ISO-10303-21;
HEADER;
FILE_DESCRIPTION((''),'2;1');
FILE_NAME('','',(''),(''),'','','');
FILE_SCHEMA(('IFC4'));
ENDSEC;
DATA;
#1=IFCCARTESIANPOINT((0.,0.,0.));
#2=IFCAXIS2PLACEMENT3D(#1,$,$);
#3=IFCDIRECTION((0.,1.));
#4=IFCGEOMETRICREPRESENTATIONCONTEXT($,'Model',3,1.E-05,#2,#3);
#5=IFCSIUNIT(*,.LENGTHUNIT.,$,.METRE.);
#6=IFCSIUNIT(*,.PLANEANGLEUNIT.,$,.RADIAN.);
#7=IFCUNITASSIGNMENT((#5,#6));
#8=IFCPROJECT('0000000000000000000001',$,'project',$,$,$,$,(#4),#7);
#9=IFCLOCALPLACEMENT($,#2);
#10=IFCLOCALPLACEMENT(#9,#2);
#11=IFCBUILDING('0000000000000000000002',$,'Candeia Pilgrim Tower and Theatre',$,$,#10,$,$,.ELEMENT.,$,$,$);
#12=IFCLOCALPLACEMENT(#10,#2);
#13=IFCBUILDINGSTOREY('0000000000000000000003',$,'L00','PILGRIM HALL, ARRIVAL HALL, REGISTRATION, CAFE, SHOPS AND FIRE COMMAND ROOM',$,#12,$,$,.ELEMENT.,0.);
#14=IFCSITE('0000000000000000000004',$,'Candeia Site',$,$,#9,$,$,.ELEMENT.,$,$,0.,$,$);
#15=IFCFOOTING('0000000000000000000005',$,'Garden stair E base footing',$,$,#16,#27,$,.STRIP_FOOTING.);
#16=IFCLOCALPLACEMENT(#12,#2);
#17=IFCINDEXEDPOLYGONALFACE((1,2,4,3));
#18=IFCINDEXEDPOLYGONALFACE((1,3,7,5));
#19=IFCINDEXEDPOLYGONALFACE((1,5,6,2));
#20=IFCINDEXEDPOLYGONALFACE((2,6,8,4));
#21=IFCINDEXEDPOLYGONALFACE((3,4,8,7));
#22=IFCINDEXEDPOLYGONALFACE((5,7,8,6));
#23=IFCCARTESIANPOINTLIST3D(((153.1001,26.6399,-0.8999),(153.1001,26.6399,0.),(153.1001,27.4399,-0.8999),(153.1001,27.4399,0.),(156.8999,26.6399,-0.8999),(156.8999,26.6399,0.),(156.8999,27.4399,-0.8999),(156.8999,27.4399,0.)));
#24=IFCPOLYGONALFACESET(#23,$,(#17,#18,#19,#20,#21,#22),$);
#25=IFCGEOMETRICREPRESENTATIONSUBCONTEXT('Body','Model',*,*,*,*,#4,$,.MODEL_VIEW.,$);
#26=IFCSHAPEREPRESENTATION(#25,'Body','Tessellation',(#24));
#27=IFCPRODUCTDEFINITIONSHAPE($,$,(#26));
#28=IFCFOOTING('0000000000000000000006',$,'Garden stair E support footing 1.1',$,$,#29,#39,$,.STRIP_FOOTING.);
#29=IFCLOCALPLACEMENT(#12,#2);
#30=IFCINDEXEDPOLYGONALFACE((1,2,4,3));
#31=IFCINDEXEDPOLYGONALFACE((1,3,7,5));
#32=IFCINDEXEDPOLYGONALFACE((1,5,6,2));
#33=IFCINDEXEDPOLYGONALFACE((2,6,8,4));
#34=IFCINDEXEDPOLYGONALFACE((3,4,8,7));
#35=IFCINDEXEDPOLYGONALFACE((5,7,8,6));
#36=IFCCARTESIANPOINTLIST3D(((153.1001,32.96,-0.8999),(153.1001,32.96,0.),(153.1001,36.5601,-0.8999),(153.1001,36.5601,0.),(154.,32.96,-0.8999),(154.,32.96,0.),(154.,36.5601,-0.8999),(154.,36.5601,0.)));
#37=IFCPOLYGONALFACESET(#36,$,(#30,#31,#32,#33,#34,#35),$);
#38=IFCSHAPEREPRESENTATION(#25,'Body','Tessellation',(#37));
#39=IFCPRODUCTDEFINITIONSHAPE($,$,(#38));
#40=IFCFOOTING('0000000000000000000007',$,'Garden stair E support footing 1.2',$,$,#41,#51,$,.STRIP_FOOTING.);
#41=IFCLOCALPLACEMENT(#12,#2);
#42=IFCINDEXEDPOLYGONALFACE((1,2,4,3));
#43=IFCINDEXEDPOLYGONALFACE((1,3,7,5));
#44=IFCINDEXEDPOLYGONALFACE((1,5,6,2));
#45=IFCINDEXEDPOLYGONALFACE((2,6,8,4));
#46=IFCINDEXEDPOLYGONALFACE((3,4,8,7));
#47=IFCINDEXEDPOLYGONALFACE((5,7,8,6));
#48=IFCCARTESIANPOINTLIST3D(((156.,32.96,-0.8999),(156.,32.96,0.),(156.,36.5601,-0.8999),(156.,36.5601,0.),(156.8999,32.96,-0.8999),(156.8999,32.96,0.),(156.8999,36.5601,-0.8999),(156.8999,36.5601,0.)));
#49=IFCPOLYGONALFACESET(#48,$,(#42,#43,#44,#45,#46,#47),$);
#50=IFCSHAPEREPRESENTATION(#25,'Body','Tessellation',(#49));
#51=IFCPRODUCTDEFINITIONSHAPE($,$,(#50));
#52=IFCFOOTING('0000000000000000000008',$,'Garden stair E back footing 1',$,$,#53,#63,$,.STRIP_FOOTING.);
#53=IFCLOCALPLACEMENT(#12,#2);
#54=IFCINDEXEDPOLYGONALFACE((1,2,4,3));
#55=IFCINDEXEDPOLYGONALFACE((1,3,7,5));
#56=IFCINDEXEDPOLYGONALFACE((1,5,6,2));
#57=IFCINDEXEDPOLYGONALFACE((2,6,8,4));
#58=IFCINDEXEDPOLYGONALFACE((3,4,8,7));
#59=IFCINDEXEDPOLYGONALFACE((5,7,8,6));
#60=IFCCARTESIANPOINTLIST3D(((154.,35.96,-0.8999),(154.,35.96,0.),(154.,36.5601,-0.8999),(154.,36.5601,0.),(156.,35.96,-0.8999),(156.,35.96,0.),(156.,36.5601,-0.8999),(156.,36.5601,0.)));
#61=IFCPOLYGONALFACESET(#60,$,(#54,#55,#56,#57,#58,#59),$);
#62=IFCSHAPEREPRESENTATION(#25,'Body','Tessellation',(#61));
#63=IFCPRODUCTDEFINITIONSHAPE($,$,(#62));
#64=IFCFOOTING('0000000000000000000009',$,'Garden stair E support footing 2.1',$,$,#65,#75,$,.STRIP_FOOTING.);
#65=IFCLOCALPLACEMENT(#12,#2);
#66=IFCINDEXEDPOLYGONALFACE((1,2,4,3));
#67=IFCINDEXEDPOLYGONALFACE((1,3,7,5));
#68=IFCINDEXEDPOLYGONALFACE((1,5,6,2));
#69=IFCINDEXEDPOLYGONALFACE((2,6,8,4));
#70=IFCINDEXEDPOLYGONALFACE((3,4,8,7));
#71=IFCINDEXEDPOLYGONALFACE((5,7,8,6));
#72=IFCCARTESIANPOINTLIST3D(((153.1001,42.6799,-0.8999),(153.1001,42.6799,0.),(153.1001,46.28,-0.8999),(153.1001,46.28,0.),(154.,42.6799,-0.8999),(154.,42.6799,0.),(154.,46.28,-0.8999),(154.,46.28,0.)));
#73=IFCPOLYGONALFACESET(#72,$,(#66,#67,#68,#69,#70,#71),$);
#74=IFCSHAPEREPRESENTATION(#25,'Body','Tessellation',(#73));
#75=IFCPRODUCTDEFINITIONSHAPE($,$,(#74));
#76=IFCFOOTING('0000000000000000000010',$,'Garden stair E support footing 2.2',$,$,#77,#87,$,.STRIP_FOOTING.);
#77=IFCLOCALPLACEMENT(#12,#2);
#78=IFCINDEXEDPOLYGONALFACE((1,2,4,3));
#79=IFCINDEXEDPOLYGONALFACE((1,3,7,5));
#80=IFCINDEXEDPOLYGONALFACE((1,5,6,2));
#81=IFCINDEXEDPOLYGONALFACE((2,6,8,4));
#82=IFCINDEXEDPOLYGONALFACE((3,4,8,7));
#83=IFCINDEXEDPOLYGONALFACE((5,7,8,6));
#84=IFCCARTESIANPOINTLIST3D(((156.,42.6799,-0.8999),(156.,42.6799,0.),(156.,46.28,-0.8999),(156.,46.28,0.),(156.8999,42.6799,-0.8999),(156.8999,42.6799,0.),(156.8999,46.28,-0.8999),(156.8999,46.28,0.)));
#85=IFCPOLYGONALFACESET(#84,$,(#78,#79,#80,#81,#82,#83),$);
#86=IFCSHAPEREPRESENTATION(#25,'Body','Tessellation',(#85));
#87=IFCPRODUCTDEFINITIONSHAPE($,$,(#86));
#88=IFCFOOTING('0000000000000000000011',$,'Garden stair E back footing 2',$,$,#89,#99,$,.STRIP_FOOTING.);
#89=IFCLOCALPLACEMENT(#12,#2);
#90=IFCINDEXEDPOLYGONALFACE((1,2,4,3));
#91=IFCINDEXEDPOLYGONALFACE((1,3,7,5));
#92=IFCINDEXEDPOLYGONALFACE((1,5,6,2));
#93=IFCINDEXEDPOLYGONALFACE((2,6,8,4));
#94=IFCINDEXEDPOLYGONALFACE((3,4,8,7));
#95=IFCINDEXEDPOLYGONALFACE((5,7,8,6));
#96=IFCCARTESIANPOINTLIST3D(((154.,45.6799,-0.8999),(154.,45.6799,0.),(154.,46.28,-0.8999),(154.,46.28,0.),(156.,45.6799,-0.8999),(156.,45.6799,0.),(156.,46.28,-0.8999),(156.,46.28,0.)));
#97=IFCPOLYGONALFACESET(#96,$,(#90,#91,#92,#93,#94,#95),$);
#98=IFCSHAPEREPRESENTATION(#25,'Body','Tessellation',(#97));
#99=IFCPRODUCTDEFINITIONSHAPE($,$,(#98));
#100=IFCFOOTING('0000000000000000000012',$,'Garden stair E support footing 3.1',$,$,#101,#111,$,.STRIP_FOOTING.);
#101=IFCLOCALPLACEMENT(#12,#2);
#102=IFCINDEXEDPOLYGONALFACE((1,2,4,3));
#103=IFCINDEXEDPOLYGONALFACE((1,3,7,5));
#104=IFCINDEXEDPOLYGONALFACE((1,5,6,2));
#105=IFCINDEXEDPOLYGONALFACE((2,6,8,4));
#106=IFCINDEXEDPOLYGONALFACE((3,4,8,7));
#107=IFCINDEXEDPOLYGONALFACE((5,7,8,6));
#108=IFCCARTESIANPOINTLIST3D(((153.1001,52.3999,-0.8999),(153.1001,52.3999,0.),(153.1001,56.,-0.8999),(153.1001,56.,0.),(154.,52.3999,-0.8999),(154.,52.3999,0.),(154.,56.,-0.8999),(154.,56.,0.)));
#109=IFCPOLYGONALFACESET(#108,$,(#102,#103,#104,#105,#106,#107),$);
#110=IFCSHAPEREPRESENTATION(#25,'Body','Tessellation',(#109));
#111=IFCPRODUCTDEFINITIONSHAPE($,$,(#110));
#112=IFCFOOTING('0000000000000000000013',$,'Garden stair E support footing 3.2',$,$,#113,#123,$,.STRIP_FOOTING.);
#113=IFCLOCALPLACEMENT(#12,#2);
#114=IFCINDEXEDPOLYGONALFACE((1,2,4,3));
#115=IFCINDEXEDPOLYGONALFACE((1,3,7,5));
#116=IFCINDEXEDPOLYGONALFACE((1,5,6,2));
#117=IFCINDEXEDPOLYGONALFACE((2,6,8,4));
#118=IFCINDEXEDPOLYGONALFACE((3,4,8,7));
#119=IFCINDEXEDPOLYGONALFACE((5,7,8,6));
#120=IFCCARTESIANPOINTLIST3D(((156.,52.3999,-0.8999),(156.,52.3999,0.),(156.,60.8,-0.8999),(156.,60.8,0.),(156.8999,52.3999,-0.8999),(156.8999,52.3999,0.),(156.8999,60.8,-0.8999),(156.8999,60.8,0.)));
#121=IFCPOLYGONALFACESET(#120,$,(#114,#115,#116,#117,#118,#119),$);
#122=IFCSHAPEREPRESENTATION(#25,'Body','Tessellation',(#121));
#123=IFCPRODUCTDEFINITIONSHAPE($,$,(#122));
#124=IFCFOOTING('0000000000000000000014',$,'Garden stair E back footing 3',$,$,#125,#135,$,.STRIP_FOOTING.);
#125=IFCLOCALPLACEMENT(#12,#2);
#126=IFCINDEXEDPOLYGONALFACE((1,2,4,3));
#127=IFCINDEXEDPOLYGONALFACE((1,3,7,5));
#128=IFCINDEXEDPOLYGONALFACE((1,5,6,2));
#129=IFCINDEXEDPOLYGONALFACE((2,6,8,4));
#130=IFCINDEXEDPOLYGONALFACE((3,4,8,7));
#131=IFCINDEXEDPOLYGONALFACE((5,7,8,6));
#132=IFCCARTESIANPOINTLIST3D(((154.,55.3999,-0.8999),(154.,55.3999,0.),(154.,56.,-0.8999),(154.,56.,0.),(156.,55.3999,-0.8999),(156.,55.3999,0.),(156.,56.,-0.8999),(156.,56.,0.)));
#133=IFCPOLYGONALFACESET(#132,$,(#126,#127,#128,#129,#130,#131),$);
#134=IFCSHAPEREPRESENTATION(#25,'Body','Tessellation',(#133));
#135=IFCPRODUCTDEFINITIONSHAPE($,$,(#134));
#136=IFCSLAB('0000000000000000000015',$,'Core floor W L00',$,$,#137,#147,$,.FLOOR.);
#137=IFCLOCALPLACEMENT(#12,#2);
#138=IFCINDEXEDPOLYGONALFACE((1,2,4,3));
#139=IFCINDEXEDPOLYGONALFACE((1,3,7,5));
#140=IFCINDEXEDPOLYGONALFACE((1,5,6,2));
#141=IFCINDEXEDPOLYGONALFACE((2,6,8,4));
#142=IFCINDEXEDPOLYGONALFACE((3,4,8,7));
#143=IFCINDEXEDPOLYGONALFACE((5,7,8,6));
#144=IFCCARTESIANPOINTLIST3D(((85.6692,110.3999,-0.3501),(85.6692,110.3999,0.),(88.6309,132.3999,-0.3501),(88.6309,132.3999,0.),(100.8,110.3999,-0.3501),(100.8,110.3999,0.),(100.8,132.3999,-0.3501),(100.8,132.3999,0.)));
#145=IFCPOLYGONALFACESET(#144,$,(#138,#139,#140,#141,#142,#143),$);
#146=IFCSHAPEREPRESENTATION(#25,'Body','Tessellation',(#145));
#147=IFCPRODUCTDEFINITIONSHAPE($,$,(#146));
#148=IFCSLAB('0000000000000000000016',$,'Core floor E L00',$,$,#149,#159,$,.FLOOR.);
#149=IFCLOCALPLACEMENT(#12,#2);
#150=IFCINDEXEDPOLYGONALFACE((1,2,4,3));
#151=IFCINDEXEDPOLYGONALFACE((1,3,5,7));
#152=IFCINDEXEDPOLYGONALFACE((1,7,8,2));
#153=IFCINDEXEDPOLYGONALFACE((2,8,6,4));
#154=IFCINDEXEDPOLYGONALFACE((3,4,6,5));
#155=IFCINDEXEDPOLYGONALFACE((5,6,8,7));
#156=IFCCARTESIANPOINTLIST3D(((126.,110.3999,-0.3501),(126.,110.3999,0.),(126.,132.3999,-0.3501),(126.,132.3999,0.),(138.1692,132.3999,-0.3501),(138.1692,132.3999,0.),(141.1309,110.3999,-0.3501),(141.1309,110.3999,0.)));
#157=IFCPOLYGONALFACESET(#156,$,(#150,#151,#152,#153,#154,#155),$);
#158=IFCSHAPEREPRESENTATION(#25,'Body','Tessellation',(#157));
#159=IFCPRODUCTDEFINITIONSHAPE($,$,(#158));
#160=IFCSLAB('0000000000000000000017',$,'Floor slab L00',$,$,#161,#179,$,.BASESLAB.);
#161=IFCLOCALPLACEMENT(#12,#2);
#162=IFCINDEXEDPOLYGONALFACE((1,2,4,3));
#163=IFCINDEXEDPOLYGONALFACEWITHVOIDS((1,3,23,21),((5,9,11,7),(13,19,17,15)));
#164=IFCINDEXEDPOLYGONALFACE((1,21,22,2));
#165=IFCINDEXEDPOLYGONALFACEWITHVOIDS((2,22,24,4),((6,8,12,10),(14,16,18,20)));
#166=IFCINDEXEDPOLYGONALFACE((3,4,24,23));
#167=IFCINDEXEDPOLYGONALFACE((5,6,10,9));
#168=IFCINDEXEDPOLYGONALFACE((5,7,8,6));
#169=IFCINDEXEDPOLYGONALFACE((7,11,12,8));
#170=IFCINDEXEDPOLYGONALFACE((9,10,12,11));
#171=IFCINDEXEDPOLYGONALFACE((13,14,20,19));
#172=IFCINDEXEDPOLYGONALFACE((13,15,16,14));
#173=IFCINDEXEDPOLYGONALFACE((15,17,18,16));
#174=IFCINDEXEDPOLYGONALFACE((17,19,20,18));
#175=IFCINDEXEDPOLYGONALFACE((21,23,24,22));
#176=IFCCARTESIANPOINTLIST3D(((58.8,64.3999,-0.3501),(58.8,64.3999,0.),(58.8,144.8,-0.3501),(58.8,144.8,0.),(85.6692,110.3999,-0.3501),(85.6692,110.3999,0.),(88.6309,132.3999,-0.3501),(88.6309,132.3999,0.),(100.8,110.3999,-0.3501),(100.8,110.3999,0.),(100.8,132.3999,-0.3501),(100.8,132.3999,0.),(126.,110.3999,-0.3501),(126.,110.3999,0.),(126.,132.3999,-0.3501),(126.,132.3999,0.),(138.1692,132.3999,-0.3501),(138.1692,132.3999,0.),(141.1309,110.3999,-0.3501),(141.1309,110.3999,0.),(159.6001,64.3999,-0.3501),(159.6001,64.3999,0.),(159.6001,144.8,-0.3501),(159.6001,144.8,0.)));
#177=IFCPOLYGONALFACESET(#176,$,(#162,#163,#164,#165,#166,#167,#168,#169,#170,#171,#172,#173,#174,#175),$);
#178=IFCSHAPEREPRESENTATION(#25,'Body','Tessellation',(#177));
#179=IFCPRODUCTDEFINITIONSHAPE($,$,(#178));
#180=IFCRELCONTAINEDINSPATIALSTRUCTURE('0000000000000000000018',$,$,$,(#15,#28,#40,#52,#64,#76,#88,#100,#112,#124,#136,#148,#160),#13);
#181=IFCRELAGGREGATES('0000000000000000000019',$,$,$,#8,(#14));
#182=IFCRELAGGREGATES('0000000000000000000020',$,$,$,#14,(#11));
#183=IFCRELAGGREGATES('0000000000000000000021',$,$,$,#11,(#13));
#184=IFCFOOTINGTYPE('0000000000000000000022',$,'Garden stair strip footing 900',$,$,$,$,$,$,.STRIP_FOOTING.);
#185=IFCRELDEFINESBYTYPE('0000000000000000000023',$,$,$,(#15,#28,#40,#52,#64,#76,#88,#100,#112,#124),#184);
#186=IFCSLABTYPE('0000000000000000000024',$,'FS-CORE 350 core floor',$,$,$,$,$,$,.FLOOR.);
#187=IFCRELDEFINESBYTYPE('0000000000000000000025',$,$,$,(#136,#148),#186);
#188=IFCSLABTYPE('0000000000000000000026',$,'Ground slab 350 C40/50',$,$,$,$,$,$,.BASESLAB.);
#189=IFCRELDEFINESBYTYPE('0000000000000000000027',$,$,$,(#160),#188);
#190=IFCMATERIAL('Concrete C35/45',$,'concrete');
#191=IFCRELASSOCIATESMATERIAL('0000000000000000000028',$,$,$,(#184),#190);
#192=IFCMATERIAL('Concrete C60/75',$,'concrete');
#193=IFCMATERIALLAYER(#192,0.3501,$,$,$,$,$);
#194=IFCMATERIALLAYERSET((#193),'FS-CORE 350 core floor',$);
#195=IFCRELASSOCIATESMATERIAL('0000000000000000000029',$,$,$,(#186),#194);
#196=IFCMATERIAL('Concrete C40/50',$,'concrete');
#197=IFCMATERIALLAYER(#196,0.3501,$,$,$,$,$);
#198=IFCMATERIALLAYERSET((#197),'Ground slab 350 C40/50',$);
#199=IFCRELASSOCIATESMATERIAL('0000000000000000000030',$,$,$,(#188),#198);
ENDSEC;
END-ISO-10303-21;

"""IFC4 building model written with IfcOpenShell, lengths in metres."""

from ifc_helpers import new_model, si_unit, direction, frame, origin, place, context, subcontext, project, spatial, polyline, outline, extrude, material, layer, layer_set, type_object, element, save


model = new_model("IFC4")

# Units and contexts
model_context = context("Model", 3, precision=1e-05, world=origin(), true_north=direction((0.0, 1.0)))
body_context = subcontext(model_context, "Body", "Model", "MODEL_VIEW")
ifc_project = project(units=[si_unit("LENGTHUNIT", "METRE"), si_unit("PLANEANGLEUNIT", "RADIAN")], contexts=[model_context])

# Site, building, storey
site_placement = place(None, origin())
site = spatial("IfcSite", under=ifc_project, at=site_placement, Name="Candeia Site", CompositionType="ELEMENT", RefElevation=0.0)
building_placement = place(site_placement, origin())
building = spatial("IfcBuilding", under=site, at=building_placement, Name="Candeia Pilgrim Tower and Theatre", CompositionType="ELEMENT")
storey_placement = place(building_placement, origin())
storey = spatial("IfcBuildingStorey", under=building, at=storey_placement, Name="L00", Description="PILGRIM HALL, ARRIVAL HALL, REGISTRATION, CAFE, SHOPS AND FIRE COMMAND ROOM", CompositionType="ELEMENT", Elevation=0.0)

# Footings
ifc_material_1 = material(Name="Concrete C35/45", Category="concrete")
footing_type_1 = type_object("IfcFootingType", Name="Garden stair strip footing 900", PredefinedType="STRIP_FOOTING", material=ifc_material_1)
footing_1_placement = place(storey_placement, frame((0.0, 0.0, -0.8999)))
element("IfcFooting", 1, at=footing_1_placement, inside=storey, type_object=footing_type_1, Name="Garden stair E base footing", PredefinedType="STRIP_FOOTING", context=body_context, shape_type="SweptSolid", body=[
    extrude(outline(polyline([(153.1001, 26.6399), (156.8999, 26.6399), (156.8999, 27.4399), (153.1001, 27.4399), (153.1001, 26.6399)])), origin(), (0.0, 0.0, 1.0), 0.8999),
])
footing_2_placement = place(storey_placement, frame((0.0, 0.0, -0.8999)))
element("IfcFooting", 2, at=footing_2_placement, inside=storey, type_object=footing_type_1, Name="Garden stair E support footing 1.1", PredefinedType="STRIP_FOOTING", context=body_context, shape_type="SweptSolid", body=[
    extrude(outline(polyline([(153.1001, 32.96), (154.0, 32.96), (154.0, 36.5601), (153.1001, 36.5601), (153.1001, 32.96)])), origin(), (0.0, 0.0, 1.0), 0.8999),
])
footing_3_placement = place(storey_placement, frame((0.0, 0.0, -0.8999)))
element("IfcFooting", 3, at=footing_3_placement, inside=storey, type_object=footing_type_1, Name="Garden stair E support footing 1.2", PredefinedType="STRIP_FOOTING", context=body_context, shape_type="SweptSolid", body=[
    extrude(outline(polyline([(156.0, 32.96), (156.8999, 32.96), (156.8999, 36.5601), (156.0, 36.5601), (156.0, 32.96)])), origin(), (0.0, 0.0, 1.0), 0.8999),
])
footing_4_placement = place(storey_placement, frame((0.0, 0.0, -0.8999)))
element("IfcFooting", 4, at=footing_4_placement, inside=storey, type_object=footing_type_1, Name="Garden stair E back footing 1", PredefinedType="STRIP_FOOTING", context=body_context, shape_type="SweptSolid", body=[
    extrude(outline(polyline([(154.0, 35.96), (156.0, 35.96), (156.0, 36.5601), (154.0, 36.5601), (154.0, 35.96)])), origin(), (0.0, 0.0, 1.0), 0.8999),
])
footing_5_placement = place(storey_placement, frame((0.0, 0.0, -0.8999)))
element("IfcFooting", 5, at=footing_5_placement, inside=storey, type_object=footing_type_1, Name="Garden stair E support footing 2.1", PredefinedType="STRIP_FOOTING", context=body_context, shape_type="SweptSolid", body=[
    extrude(outline(polyline([(153.1001, 42.6799), (154.0, 42.6799), (154.0, 46.28), (153.1001, 46.28), (153.1001, 42.6799)])), origin(), (0.0, 0.0, 1.0), 0.8999),
])
footing_6_placement = place(storey_placement, frame((0.0, 0.0, -0.8999)))
element("IfcFooting", 6, at=footing_6_placement, inside=storey, type_object=footing_type_1, Name="Garden stair E support footing 2.2", PredefinedType="STRIP_FOOTING", context=body_context, shape_type="SweptSolid", body=[
    extrude(outline(polyline([(156.0, 42.6799), (156.8999, 42.6799), (156.8999, 46.28), (156.0, 46.28), (156.0, 42.6799)])), origin(), (0.0, 0.0, 1.0), 0.8999),
])
footing_7_placement = place(storey_placement, frame((0.0, 0.0, -0.8999)))
element("IfcFooting", 7, at=footing_7_placement, inside=storey, type_object=footing_type_1, Name="Garden stair E back footing 2", PredefinedType="STRIP_FOOTING", context=body_context, shape_type="SweptSolid", body=[
    extrude(outline(polyline([(154.0, 45.6799), (156.0, 45.6799), (156.0, 46.28), (154.0, 46.28), (154.0, 45.6799)])), origin(), (0.0, 0.0, 1.0), 0.8999),
])
footing_8_placement = place(storey_placement, frame((0.0, 0.0, -0.8999)))
element("IfcFooting", 8, at=footing_8_placement, inside=storey, type_object=footing_type_1, Name="Garden stair E support footing 3.1", PredefinedType="STRIP_FOOTING", context=body_context, shape_type="SweptSolid", body=[
    extrude(outline(polyline([(153.1001, 52.3999), (154.0, 52.3999), (154.0, 56.0), (153.1001, 56.0), (153.1001, 52.3999)])), origin(), (0.0, 0.0, 1.0), 0.8999),
])
footing_9_placement = place(storey_placement, frame((0.0, 0.0, -0.8999)))
element("IfcFooting", 9, at=footing_9_placement, inside=storey, type_object=footing_type_1, Name="Garden stair E support footing 3.2", PredefinedType="STRIP_FOOTING", context=body_context, shape_type="SweptSolid", body=[
    extrude(outline(polyline([(156.0, 52.3999), (156.8999, 52.3999), (156.8999, 60.8), (156.0, 60.8), (156.0, 52.3999)])), origin(), (0.0, 0.0, 1.0), 0.8999),
])
footing_10_placement = place(storey_placement, frame((0.0, 0.0, -0.8999)))
element("IfcFooting", 10, at=footing_10_placement, inside=storey, type_object=footing_type_1, Name="Garden stair E back footing 3", PredefinedType="STRIP_FOOTING", context=body_context, shape_type="SweptSolid", body=[
    extrude(outline(polyline([(154.0, 55.3999), (156.0, 55.3999), (156.0, 56.0), (154.0, 56.0), (154.0, 55.3999)])), origin(), (0.0, 0.0, 1.0), 0.8999),
])

# Slabs
ifc_material_2 = material(Name="Concrete C60/75", Category="concrete")
ifc_layer_1 = layer(ifc_material_2, 0.3501)
ifc_layer_set_1 = layer_set([ifc_layer_1], Name="FS-CORE 350 core floor")
slab_type_1 = type_object("IfcSlabType", Name="FS-CORE 350 core floor", PredefinedType="FLOOR", material=ifc_layer_set_1)
slab_1_placement = place(storey_placement, frame((0.0, 0.0, -0.3501)))
element("IfcSlab", 11, at=slab_1_placement, inside=storey, type_object=slab_type_1, Name="Core floor W L00", PredefinedType="FLOOR", context=body_context, shape_type="SweptSolid", body=[
    extrude(outline(polyline([(88.6309, 132.3999), (100.8, 132.3999), (100.8, 110.3999), (85.6692, 110.3999), (88.6309, 132.3999)])), origin(), (0.0, 0.0, 1.0), 0.3501),
])
slab_2_placement = place(storey_placement, frame((0.0, 0.0, -0.3501)))
element("IfcSlab", 12, at=slab_2_placement, inside=storey, type_object=slab_type_1, Name="Core floor E L00", PredefinedType="FLOOR", context=body_context, shape_type="SweptSolid", body=[
    extrude(outline(polyline([(126.0, 132.3999), (138.1692, 132.3999), (141.1309, 110.3999), (126.0, 110.3999), (126.0, 132.3999)])), origin(), (0.0, 0.0, 1.0), 0.3501),
])
ifc_material_3 = material(Name="Concrete C40/50", Category="concrete")
ifc_layer_2 = layer(ifc_material_3, 0.3501)
ifc_layer_set_2 = layer_set([ifc_layer_2], Name="Ground slab 350 C40/50")
slab_type_2 = type_object("IfcSlabType", Name="Ground slab 350 C40/50", PredefinedType="BASESLAB", material=ifc_layer_set_2)
slab_3_placement = place(storey_placement, frame((0.0, 0.0, -0.3501)))
element("IfcSlab", 13, at=slab_3_placement, inside=storey, type_object=slab_type_2, Name="Floor slab L00", PredefinedType="BASESLAB", context=body_context, shape_type="SweptSolid", body=[
    extrude(outline(polyline([(58.8, 64.3999), (58.8, 144.8), (159.6001, 144.8), (159.6001, 64.3999), (58.8, 64.3999)]), holes=[polyline([(88.6309, 132.3999), (85.6692, 110.3999), (100.8, 110.3999), (100.8, 132.3999), (88.6309, 132.3999)]), polyline([(126.0, 132.3999), (126.0, 110.3999), (141.1309, 110.3999), (138.1692, 132.3999), (126.0, 132.3999)])]), origin(), (0.0, 0.0, 1.0), 0.3501),
])

save(model, "model.ifc")
